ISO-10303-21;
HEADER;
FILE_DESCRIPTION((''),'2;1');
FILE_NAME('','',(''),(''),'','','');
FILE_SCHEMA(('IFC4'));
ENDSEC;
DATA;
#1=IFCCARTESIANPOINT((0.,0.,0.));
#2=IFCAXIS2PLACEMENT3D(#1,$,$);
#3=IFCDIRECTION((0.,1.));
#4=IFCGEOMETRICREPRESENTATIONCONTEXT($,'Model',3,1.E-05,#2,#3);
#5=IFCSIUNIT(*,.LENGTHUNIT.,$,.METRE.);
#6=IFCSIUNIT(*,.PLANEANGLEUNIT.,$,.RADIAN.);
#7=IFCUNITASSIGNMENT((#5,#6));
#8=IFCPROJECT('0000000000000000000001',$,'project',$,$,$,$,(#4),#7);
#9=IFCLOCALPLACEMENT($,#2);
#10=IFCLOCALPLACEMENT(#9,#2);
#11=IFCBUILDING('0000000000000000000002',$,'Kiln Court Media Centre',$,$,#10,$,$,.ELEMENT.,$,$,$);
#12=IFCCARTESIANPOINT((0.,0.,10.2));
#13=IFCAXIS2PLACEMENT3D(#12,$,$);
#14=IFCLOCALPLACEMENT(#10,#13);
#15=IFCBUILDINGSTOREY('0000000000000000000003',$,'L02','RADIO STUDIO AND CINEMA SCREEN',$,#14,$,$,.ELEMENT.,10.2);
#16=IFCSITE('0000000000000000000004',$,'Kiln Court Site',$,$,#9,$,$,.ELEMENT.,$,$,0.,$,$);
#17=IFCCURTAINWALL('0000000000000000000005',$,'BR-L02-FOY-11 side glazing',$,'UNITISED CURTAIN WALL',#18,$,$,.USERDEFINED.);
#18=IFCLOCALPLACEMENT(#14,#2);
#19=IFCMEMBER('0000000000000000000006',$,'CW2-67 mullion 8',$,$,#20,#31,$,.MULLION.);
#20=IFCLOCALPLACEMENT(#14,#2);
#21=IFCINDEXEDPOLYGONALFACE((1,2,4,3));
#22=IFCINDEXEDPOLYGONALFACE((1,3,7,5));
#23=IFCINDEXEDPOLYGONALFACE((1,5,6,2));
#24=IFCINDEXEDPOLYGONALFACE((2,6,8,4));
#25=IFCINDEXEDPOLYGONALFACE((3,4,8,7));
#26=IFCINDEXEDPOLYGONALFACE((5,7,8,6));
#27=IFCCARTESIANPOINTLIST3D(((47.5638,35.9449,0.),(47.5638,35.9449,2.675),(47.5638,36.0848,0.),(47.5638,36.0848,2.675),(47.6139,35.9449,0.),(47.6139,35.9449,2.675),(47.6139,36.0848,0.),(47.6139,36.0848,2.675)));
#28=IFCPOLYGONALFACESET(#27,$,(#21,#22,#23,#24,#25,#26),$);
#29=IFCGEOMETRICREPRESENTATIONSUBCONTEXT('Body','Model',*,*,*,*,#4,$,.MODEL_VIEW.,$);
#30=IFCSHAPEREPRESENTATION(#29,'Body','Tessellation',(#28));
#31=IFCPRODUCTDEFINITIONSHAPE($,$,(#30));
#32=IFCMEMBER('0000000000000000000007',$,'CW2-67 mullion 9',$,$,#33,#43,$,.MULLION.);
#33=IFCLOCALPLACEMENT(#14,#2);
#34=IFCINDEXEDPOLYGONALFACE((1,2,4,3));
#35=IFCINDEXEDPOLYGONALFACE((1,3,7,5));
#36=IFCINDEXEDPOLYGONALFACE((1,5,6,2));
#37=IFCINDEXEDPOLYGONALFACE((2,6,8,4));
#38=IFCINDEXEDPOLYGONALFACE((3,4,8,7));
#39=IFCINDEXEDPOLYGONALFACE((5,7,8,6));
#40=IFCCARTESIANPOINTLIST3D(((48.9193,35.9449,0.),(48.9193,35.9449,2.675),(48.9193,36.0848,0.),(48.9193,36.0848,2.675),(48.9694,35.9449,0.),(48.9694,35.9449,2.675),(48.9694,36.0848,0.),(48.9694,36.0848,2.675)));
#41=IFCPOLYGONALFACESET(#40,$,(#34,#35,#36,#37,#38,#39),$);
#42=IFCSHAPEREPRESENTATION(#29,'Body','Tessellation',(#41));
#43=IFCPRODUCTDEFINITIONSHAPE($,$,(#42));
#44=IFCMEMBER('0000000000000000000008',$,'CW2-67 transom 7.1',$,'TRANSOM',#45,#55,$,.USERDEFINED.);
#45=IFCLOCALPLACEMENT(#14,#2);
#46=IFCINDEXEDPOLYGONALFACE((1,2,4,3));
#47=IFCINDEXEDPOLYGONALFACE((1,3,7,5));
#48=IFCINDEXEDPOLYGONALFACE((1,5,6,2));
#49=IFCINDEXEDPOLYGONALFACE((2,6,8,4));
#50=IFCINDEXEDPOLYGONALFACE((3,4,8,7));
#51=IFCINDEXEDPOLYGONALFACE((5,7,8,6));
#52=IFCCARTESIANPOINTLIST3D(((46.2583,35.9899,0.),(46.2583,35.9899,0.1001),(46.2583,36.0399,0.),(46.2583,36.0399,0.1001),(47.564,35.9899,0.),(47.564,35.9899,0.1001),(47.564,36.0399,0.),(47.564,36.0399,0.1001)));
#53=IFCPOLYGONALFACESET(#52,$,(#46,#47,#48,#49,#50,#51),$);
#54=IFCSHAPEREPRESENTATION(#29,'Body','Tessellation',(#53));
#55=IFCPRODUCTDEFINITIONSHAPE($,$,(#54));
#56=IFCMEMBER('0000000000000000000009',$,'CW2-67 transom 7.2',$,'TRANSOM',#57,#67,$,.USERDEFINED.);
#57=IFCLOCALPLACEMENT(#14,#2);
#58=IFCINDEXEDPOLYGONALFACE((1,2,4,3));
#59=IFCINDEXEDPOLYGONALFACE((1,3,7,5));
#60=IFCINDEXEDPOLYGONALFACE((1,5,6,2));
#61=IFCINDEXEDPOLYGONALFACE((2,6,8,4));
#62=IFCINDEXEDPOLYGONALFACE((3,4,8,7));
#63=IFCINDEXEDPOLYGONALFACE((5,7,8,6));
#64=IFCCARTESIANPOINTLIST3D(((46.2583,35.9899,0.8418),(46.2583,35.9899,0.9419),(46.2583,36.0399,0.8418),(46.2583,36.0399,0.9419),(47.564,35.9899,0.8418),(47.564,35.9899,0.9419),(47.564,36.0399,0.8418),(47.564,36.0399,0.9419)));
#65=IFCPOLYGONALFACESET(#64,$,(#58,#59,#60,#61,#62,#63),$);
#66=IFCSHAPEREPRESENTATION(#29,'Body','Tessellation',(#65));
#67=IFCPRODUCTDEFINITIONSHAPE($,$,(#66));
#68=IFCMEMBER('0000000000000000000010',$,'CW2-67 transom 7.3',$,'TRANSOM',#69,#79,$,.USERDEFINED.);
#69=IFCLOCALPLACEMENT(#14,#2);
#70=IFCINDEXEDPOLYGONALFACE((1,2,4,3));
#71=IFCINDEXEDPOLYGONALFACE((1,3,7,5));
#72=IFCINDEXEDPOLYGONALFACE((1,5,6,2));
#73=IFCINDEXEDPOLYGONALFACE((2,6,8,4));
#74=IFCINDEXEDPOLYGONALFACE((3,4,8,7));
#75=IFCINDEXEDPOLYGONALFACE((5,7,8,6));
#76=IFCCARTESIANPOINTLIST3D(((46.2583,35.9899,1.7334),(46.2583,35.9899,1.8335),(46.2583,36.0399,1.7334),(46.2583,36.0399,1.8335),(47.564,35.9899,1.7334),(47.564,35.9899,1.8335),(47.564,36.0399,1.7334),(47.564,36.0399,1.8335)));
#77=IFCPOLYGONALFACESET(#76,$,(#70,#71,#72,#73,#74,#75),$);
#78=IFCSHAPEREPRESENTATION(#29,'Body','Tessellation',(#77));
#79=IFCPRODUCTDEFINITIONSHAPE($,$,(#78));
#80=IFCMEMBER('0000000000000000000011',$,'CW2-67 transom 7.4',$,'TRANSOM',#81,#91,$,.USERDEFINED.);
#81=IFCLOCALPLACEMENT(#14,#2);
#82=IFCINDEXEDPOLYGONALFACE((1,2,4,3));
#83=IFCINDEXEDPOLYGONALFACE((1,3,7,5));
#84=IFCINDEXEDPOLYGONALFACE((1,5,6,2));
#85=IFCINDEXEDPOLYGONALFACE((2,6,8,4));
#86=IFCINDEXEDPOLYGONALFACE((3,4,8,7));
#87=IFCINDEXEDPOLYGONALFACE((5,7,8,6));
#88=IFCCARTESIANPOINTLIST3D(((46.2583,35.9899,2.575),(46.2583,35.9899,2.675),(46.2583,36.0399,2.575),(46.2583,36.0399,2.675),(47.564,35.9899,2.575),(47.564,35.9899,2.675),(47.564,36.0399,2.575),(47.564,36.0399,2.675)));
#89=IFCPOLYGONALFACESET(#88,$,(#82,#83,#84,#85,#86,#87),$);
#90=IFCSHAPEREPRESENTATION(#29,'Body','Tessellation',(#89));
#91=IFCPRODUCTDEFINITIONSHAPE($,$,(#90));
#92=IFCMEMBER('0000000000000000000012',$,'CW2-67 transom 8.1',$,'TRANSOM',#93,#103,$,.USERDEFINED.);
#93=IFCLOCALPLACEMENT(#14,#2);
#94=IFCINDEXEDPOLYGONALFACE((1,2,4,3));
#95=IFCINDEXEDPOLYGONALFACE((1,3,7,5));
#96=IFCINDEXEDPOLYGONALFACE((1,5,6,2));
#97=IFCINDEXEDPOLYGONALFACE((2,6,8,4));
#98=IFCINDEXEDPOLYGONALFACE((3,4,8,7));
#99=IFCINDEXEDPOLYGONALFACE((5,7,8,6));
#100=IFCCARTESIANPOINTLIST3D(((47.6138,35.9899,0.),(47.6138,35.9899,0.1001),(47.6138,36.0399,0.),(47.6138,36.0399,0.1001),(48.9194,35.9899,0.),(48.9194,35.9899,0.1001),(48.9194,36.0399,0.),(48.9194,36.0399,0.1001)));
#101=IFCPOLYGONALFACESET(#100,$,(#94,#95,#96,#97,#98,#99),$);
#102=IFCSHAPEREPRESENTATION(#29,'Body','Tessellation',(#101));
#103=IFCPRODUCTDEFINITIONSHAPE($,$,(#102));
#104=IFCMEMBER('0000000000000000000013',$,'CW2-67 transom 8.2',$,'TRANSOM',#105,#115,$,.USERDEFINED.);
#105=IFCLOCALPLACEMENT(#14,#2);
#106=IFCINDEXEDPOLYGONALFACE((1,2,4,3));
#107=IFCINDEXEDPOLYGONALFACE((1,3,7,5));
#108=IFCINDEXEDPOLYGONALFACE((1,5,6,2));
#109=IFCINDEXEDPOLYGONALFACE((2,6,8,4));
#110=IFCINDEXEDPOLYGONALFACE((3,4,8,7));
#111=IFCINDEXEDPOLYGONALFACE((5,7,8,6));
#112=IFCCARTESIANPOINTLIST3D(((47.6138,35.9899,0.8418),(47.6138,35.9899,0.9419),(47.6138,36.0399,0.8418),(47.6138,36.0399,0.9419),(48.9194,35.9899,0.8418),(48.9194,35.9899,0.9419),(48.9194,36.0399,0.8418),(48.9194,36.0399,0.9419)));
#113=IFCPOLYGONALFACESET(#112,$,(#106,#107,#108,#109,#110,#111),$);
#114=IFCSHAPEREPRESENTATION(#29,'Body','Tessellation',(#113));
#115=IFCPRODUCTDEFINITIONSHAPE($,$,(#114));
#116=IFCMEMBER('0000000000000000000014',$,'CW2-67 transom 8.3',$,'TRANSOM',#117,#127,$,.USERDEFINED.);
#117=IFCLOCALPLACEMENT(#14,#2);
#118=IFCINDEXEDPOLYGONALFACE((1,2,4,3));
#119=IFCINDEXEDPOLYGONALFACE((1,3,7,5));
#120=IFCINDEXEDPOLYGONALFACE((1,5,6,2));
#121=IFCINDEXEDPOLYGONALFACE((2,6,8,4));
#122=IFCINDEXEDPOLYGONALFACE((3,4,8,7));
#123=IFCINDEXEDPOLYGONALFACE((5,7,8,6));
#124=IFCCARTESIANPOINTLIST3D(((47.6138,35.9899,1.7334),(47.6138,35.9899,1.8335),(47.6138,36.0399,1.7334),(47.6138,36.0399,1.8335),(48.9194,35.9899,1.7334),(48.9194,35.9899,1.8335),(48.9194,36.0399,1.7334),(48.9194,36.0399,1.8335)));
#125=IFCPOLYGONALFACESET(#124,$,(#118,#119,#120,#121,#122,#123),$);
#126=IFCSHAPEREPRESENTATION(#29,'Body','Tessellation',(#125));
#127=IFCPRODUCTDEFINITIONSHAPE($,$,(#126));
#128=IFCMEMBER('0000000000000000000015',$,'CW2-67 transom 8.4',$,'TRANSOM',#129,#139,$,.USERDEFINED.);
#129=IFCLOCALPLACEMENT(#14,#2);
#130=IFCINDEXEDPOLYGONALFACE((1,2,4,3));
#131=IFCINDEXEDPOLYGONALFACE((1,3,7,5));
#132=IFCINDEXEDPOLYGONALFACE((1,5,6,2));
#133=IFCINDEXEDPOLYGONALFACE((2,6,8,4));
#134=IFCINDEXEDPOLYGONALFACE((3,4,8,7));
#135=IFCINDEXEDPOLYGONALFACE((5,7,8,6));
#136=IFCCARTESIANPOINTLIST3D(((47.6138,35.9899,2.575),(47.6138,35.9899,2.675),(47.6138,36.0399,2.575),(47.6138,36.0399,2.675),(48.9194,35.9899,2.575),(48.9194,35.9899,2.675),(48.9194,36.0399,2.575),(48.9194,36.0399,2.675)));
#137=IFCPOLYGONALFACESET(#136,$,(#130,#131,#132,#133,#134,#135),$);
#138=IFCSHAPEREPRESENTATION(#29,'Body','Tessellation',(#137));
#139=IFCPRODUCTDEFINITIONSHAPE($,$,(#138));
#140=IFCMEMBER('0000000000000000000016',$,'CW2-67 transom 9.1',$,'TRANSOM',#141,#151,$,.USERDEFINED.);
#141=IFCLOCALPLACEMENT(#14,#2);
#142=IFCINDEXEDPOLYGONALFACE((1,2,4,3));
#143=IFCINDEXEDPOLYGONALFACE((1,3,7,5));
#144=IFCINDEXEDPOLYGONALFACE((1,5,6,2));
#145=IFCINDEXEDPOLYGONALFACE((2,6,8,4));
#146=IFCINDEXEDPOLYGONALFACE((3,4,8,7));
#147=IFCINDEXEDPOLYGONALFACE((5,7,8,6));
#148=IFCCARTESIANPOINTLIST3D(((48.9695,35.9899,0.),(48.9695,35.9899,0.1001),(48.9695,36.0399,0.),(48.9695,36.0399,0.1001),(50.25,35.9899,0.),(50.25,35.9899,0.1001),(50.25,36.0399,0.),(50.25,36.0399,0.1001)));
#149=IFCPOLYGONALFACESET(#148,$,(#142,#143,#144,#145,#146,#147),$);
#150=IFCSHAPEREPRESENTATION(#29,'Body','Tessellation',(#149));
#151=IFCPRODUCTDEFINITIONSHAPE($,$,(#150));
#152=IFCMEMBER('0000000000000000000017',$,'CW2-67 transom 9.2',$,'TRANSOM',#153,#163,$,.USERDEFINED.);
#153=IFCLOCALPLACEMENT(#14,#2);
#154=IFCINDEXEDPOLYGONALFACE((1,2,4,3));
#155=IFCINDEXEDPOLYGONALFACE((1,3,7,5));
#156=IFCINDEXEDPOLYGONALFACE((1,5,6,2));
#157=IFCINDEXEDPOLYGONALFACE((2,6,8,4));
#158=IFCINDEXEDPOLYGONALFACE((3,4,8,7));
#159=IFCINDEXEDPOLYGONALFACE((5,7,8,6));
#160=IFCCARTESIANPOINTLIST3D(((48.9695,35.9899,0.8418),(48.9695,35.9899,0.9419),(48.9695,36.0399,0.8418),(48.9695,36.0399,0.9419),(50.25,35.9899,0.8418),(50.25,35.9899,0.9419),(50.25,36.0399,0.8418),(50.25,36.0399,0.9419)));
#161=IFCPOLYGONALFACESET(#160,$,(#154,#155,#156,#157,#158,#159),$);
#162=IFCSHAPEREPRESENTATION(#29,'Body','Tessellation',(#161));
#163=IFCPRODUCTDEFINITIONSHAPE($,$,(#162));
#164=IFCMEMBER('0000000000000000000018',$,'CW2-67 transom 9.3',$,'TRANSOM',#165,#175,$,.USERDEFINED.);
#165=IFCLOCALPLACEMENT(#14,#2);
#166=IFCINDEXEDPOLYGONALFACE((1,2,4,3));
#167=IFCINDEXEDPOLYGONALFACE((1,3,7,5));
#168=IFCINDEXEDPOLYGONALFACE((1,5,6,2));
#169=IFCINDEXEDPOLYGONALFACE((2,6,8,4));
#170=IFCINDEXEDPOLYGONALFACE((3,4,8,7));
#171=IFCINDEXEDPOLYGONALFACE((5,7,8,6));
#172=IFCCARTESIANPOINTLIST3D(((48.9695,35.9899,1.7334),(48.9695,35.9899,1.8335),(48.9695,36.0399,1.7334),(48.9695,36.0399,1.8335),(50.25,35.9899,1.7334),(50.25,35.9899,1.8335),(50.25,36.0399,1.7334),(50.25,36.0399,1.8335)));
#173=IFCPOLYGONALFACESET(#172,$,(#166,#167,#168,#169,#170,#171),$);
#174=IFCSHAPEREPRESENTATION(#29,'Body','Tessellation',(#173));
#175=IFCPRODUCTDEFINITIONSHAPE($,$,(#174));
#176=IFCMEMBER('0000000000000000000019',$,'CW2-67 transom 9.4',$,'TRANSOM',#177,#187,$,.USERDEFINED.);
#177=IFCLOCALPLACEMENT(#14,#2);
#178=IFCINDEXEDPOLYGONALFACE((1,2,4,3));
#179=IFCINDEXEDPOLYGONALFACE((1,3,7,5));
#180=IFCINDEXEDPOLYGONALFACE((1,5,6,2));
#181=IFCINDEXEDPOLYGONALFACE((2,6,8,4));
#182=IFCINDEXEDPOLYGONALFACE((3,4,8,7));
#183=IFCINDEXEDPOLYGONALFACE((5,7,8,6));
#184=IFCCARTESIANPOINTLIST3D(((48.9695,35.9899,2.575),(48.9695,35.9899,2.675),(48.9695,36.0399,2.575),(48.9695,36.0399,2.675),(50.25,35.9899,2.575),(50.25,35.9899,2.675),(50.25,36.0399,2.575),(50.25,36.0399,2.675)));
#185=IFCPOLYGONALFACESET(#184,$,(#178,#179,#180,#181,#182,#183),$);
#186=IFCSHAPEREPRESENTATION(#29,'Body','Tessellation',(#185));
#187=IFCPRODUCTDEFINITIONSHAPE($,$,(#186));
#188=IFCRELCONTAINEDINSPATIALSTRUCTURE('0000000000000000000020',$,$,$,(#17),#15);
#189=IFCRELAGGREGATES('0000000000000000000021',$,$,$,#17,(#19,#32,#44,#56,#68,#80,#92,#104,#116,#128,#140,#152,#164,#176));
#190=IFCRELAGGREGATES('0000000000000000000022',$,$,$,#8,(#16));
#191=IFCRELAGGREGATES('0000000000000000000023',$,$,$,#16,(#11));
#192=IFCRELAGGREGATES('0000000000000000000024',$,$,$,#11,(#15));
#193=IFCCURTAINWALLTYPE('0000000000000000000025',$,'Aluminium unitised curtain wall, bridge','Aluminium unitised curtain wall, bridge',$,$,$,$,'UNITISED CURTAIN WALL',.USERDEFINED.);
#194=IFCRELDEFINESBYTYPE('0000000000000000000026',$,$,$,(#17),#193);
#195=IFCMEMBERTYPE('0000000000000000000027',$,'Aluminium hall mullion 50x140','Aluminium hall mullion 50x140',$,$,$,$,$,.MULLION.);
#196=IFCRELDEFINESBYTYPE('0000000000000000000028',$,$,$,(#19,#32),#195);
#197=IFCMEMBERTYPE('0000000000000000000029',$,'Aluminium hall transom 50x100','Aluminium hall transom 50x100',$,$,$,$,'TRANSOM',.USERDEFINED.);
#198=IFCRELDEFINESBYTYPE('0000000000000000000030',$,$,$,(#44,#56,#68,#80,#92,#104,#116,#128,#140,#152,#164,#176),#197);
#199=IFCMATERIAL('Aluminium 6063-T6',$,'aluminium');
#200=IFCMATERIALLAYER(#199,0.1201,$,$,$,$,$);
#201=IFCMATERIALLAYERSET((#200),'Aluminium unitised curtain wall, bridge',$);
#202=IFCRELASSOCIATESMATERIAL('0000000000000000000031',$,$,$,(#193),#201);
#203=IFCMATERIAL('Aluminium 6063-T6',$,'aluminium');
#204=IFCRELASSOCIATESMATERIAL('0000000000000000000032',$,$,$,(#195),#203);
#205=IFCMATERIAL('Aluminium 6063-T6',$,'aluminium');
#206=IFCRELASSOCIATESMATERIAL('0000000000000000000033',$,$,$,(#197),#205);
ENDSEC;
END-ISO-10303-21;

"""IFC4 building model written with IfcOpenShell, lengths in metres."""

from ifc_helpers import new_model, si_unit, direction, frame, origin, origin_2d, place, context, subcontext, project, spatial, rectangle, extrude, material, layer, layer_set, material_profile, profile_set, type_object, element, aggregate, save


model = new_model("IFC4")

# Units and contexts
model_context = context("Model", 3, precision=1e-05, world=origin(), true_north=direction((0.0, 1.0)))
body_context = subcontext(model_context, "Body", "Model", "MODEL_VIEW")
ifc_project = project(units=[si_unit("LENGTHUNIT", "METRE"), si_unit("PLANEANGLEUNIT", "RADIAN")], contexts=[model_context])

# Site, building, storey
site_placement = place(None, origin())
site = spatial("IfcSite", under=ifc_project, at=site_placement, Name="Kiln Court Site", CompositionType="ELEMENT", RefElevation=0.0)
building_placement = place(site_placement, origin())
building = spatial("IfcBuilding", under=site, at=building_placement, Name="Kiln Court Media Centre", CompositionType="ELEMENT")
storey_placement = place(building_placement, frame((0.0, 0.0, 10.2)))
storey = spatial("IfcBuildingStorey", under=building, at=storey_placement, Name="L02", Description="RADIO STUDIO AND CINEMA SCREEN", CompositionType="ELEMENT", Elevation=10.2)

# Curtain wall, members
ifc_material_1 = material(Name="Aluminium 6063-T6", Category="aluminium")
ifc_layer_1 = layer(ifc_material_1, 0.1201)
ifc_layer_set_1 = layer_set([ifc_layer_1], Name="Aluminium unitised curtain wall, bridge")
curtain_wall_type = type_object("IfcCurtainWallType", Name="Aluminium unitised curtain wall, bridge", Description="Aluminium unitised curtain wall, bridge", ElementType="UNITISED CURTAIN WALL", PredefinedType="USERDEFINED", material=ifc_layer_set_1)
curtain_wall_placement = place(storey_placement, origin())
curtain_wall = element("IfcCurtainWall", 1, at=curtain_wall_placement, inside=storey, type_object=curtain_wall_type, Name="BR-L02-FOY-11 side glazing", ObjectType="UNITISED CURTAIN WALL", PredefinedType="USERDEFINED")
ifc_material_2 = material(Name="Aluminium 6063-T6", Category="aluminium")
ifc_material_profile_1 = material_profile(ifc_material_2, rectangle(XDim=0.05, YDim=0.1399, at=origin_2d()), Name="Aluminium hall mullion 50x140")
ifc_profile_set_1 = profile_set([ifc_material_profile_1], Name="Aluminium 6063-T6")
member_type_1 = type_object("IfcMemberType", Name="Aluminium hall mullion 50x140", Description="Aluminium hall mullion 50x140", PredefinedType="MULLION", material=ifc_profile_set_1)
member_1_placement = place(storey_placement, frame((47.5889, 36.0149, 0.0), z_axis=(0.0, 0.0, 1.0), x_axis=(1.0, 0.0, 0.0)))
member_1 = element("IfcMember", 2, at=member_1_placement, type_object=member_type_1, Name="CW2-67 mullion 8", PredefinedType="MULLION", context=body_context, shape_type="SweptSolid", body=[
    extrude(rectangle(XDim=0.05, YDim=0.1399, at=origin_2d()), origin(), (0.0, 0.0, 1.0), 2.675),
])
member_2_placement = place(storey_placement, frame((48.9443, 36.0149, 0.0), z_axis=(0.0, 0.0, 1.0), x_axis=(1.0, 0.0, 0.0)))
member_2 = element("IfcMember", 3, at=member_2_placement, type_object=member_type_1, Name="CW2-67 mullion 9", PredefinedType="MULLION", context=body_context, shape_type="SweptSolid", body=[
    extrude(rectangle(XDim=0.05, YDim=0.1399, at=origin_2d()), origin(), (0.0, 0.0, 1.0), 2.675),
])
ifc_material_3 = material(Name="Aluminium 6063-T6", Category="aluminium")
ifc_material_profile_2 = material_profile(ifc_material_3, rectangle(XDim=0.05, YDim=0.1001, at=origin_2d()), Name="Aluminium hall transom 50x100")
ifc_profile_set_2 = profile_set([ifc_material_profile_2], Name="Aluminium 6063-T6")
member_type_2 = type_object("IfcMemberType", Name="Aluminium hall transom 50x100", Description="Aluminium hall transom 50x100", ElementType="TRANSOM", PredefinedType="USERDEFINED", material=ifc_profile_set_2)
member_3_placement = place(storey_placement, frame((46.2583, 36.0149, 0.05), z_axis=(1.0, 0.0, 0.0), x_axis=(0.0, 1.0, 0.0)))
member_3 = element("IfcMember", 4, at=member_3_placement, type_object=member_type_2, Name="CW2-67 transom 7.1", ObjectType="TRANSOM", PredefinedType="USERDEFINED", context=body_context, shape_type="SweptSolid", body=[
    extrude(rectangle(XDim=0.05, YDim=0.1001, at=origin_2d()), origin(), (0.0, 0.0, 1.0), 1.3057),
])
member_4_placement = place(storey_placement, frame((46.2583, 36.0149, 0.8918), z_axis=(1.0, 0.0, 0.0), x_axis=(0.0, 1.0, 0.0)))
member_4 = element("IfcMember", 5, at=member_4_placement, type_object=member_type_2, Name="CW2-67 transom 7.2", ObjectType="TRANSOM", PredefinedType="USERDEFINED", context=body_context, shape_type="SweptSolid", body=[
    extrude(rectangle(XDim=0.05, YDim=0.1001, at=origin_2d()), origin(), (0.0, 0.0, 1.0), 1.3057),
])
member_5_placement = place(storey_placement, frame((46.2583, 36.0149, 1.7834), z_axis=(1.0, 0.0, 0.0), x_axis=(0.0, 1.0, 0.0)))
member_5 = element("IfcMember", 6, at=member_5_placement, type_object=member_type_2, Name="CW2-67 transom 7.3", ObjectType="TRANSOM", PredefinedType="USERDEFINED", context=body_context, shape_type="SweptSolid", body=[
    extrude(rectangle(XDim=0.05, YDim=0.1001, at=origin_2d()), origin(), (0.0, 0.0, 1.0), 1.3057),
])
member_6_placement = place(storey_placement, frame((46.2583, 36.0149, 2.625), z_axis=(1.0, 0.0, 0.0), x_axis=(0.0, 1.0, 0.0)))
member_6 = element("IfcMember", 7, at=member_6_placement, type_object=member_type_2, Name="CW2-67 transom 7.4", ObjectType="TRANSOM", PredefinedType="USERDEFINED", context=body_context, shape_type="SweptSolid", body=[
    extrude(rectangle(XDim=0.05, YDim=0.1001, at=origin_2d()), origin(), (0.0, 0.0, 1.0), 1.3057),
])
member_7_placement = place(storey_placement, frame((47.6138, 36.0149, 0.05), z_axis=(1.0, 0.0, 0.0), x_axis=(0.0, 1.0, 0.0)))
member_7 = element("IfcMember", 8, at=member_7_placement, type_object=member_type_2, Name="CW2-67 transom 8.1", ObjectType="TRANSOM", PredefinedType="USERDEFINED", context=body_context, shape_type="SweptSolid", body=[
    extrude(rectangle(XDim=0.05, YDim=0.1001, at=origin_2d()), origin(), (0.0, 0.0, 1.0), 1.3057),
])
member_8_placement = place(storey_placement, frame((47.6138, 36.0149, 0.8918), z_axis=(1.0, 0.0, 0.0), x_axis=(0.0, 1.0, 0.0)))
member_8 = element("IfcMember", 9, at=member_8_placement, type_object=member_type_2, Name="CW2-67 transom 8.2", ObjectType="TRANSOM", PredefinedType="USERDEFINED", context=body_context, shape_type="SweptSolid", body=[
    extrude(rectangle(XDim=0.05, YDim=0.1001, at=origin_2d()), origin(), (0.0, 0.0, 1.0), 1.3057),
])
member_9_placement = place(storey_placement, frame((47.6138, 36.0149, 1.7834), z_axis=(1.0, 0.0, 0.0), x_axis=(0.0, 1.0, 0.0)))
member_9 = element("IfcMember", 10, at=member_9_placement, type_object=member_type_2, Name="CW2-67 transom 8.3", ObjectType="TRANSOM", PredefinedType="USERDEFINED", context=body_context, shape_type="SweptSolid", body=[
    extrude(rectangle(XDim=0.05, YDim=0.1001, at=origin_2d()), origin(), (0.0, 0.0, 1.0), 1.3057),
])
member_10_placement = place(storey_placement, frame((47.6138, 36.0149, 2.625), z_axis=(1.0, 0.0, 0.0), x_axis=(0.0, 1.0, 0.0)))
member_10 = element("IfcMember", 11, at=member_10_placement, type_object=member_type_2, Name="CW2-67 transom 8.4", ObjectType="TRANSOM", PredefinedType="USERDEFINED", context=body_context, shape_type="SweptSolid", body=[
    extrude(rectangle(XDim=0.05, YDim=0.1001, at=origin_2d()), origin(), (0.0, 0.0, 1.0), 1.3057),
])
member_11_placement = place(storey_placement, frame((48.9695, 36.0149, 0.05), z_axis=(1.0, 0.0, 0.0), x_axis=(0.0, 1.0, 0.0)))
member_11 = element("IfcMember", 12, at=member_11_placement, type_object=member_type_2, Name="CW2-67 transom 9.1", ObjectType="TRANSOM", PredefinedType="USERDEFINED", context=body_context, shape_type="SweptSolid", body=[
    extrude(rectangle(XDim=0.05, YDim=0.1001, at=origin_2d()), origin(), (0.0, 0.0, 1.0), 1.2805),
])
member_12_placement = place(storey_placement, frame((48.9695, 36.0149, 0.8918), z_axis=(1.0, 0.0, 0.0), x_axis=(0.0, 1.0, 0.0)))
member_12 = element("IfcMember", 13, at=member_12_placement, type_object=member_type_2, Name="CW2-67 transom 9.2", ObjectType="TRANSOM", PredefinedType="USERDEFINED", context=body_context, shape_type="SweptSolid", body=[
    extrude(rectangle(XDim=0.05, YDim=0.1001, at=origin_2d()), origin(), (0.0, 0.0, 1.0), 1.2805),
])
member_13_placement = place(storey_placement, frame((48.9695, 36.0149, 1.7834), z_axis=(1.0, 0.0, 0.0), x_axis=(0.0, 1.0, 0.0)))
member_13 = element("IfcMember", 14, at=member_13_placement, type_object=member_type_2, Name="CW2-67 transom 9.3", ObjectType="TRANSOM", PredefinedType="USERDEFINED", context=body_context, shape_type="SweptSolid", body=[
    extrude(rectangle(XDim=0.05, YDim=0.1001, at=origin_2d()), origin(), (0.0, 0.0, 1.0), 1.2805),
])
member_14_placement = place(storey_placement, frame((48.9695, 36.0149, 2.625), z_axis=(1.0, 0.0, 0.0), x_axis=(0.0, 1.0, 0.0)))
member_14 = element("IfcMember", 15, at=member_14_placement, type_object=member_type_2, Name="CW2-67 transom 9.4", ObjectType="TRANSOM", PredefinedType="USERDEFINED", context=body_context, shape_type="SweptSolid", body=[
    extrude(rectangle(XDim=0.05, YDim=0.1001, at=origin_2d()), origin(), (0.0, 0.0, 1.0), 1.2805),
])

aggregate(curtain_wall, [member_1, member_2, member_3, member_4, member_5, member_6, member_7, member_8, member_9, member_10, member_11, member_12, member_13, member_14])

save(model, "model.ifc")
